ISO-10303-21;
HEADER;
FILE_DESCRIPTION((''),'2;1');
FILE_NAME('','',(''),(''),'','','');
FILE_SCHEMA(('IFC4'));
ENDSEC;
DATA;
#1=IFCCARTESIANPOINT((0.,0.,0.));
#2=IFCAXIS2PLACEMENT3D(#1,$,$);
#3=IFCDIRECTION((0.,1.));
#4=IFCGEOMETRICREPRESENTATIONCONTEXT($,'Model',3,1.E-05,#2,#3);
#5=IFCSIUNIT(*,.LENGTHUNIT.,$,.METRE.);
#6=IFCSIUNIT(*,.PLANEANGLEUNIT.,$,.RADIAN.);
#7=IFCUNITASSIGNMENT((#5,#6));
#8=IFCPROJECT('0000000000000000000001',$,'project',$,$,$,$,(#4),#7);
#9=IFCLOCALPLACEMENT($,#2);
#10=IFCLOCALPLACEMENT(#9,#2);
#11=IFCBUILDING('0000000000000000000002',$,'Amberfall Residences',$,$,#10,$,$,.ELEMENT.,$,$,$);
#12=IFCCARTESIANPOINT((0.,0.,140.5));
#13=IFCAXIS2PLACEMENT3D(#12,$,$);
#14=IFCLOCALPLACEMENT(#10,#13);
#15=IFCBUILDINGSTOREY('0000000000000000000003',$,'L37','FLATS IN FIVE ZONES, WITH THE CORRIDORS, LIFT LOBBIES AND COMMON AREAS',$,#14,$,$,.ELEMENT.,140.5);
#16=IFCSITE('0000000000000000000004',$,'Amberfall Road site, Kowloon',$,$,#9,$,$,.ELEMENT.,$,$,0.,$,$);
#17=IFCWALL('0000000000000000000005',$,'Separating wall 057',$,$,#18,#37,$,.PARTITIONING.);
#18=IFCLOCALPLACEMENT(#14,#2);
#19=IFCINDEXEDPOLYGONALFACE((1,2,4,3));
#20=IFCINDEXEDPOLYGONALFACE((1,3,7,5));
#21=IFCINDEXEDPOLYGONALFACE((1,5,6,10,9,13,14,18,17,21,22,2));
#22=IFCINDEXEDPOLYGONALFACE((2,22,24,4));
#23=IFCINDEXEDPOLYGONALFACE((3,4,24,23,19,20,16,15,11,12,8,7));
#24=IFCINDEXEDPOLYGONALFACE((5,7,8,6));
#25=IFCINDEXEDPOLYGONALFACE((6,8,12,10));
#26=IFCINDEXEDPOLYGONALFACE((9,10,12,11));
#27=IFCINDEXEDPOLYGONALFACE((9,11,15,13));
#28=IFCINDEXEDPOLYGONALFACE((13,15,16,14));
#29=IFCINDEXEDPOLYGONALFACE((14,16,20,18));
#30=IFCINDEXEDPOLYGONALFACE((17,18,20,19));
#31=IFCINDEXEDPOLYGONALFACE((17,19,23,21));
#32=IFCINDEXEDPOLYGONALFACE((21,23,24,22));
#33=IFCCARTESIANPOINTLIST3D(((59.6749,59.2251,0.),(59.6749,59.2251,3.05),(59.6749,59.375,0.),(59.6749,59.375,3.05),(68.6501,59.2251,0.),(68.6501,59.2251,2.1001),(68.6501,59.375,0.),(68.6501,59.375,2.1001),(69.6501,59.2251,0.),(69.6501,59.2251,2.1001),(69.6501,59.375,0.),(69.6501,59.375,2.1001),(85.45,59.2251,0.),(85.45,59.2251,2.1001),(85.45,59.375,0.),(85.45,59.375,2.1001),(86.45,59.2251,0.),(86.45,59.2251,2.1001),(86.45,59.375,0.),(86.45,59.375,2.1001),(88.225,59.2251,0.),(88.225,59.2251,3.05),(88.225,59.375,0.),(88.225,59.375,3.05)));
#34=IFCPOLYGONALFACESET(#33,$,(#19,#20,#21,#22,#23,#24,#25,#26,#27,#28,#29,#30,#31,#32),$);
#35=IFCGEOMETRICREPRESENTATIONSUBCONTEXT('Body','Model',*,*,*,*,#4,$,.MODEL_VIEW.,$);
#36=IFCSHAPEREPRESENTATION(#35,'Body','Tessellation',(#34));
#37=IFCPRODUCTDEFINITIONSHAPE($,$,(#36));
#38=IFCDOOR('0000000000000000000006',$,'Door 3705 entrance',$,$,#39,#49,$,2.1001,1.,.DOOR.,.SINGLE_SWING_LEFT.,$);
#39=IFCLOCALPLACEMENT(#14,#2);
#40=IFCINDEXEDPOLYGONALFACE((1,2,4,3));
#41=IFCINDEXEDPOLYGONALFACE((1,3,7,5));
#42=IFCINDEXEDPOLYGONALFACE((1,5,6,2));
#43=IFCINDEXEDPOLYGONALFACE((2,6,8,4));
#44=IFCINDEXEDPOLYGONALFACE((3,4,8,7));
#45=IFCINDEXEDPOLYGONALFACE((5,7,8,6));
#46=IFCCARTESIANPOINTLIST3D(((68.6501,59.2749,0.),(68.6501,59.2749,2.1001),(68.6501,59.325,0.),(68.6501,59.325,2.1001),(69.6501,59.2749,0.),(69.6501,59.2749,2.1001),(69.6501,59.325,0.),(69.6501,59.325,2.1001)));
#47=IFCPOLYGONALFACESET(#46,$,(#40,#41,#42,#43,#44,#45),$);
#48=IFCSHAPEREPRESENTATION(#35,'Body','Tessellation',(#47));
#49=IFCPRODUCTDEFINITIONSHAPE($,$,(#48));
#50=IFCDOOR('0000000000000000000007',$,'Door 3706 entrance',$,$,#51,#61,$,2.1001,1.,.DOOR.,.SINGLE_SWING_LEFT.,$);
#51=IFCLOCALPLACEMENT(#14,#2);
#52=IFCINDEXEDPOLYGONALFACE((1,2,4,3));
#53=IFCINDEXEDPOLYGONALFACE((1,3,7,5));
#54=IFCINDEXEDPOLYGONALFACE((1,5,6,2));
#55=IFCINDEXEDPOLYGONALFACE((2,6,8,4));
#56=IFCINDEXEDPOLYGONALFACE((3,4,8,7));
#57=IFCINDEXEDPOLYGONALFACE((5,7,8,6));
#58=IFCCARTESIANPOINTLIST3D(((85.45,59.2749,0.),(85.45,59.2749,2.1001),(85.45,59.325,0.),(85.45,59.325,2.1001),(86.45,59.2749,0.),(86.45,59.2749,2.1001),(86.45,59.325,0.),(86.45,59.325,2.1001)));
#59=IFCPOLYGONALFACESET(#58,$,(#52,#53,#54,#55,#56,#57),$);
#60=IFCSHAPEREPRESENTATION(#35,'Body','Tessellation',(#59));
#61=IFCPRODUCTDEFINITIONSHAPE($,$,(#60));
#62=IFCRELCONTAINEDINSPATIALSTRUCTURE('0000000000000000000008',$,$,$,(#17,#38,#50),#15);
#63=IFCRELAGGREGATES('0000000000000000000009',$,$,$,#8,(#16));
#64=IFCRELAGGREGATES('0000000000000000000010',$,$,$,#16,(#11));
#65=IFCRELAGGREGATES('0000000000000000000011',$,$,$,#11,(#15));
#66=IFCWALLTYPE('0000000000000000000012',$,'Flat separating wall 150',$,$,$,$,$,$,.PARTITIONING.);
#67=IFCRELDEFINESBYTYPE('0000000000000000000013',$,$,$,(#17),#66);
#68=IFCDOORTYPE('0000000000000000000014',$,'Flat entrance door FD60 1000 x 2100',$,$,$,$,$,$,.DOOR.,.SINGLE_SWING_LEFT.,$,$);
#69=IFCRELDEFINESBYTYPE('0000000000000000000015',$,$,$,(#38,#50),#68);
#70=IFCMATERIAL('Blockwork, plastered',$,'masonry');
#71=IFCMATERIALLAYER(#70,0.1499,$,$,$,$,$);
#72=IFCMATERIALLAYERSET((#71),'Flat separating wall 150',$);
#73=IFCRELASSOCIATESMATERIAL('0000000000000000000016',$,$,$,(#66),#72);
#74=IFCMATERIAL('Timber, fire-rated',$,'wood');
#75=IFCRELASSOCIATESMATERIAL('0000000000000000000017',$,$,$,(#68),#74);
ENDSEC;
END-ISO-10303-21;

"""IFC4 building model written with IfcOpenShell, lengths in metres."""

from ifc_helpers import new_model, si_unit, direction, frame, frame_2d, origin, place, context, subcontext, project, spatial, rectangle, extrude, material, layer, layer_set, type_object, element, fill, save


model = new_model("IFC4")

# Units and contexts
model_context = context("Model", 3, precision=1e-05, world=origin(), true_north=direction((0.0, 1.0)))
body_context = subcontext(model_context, "Body", "Model", "MODEL_VIEW")
ifc_project = project(units=[si_unit("LENGTHUNIT", "METRE"), si_unit("PLANEANGLEUNIT", "RADIAN")], contexts=[model_context])

# Site, building, storey
site_placement = place(None, origin())
site = spatial("IfcSite", under=ifc_project, at=site_placement, Name="Amberfall Road site, Kowloon", CompositionType="ELEMENT", RefElevation=0.0)
building_placement = place(site_placement, origin())
building = spatial("IfcBuilding", under=site, at=building_placement, Name="Amberfall Residences", CompositionType="ELEMENT")
storey_placement = place(building_placement, frame((0.0, 0.0, 140.5)))
storey = spatial("IfcBuildingStorey", under=building, at=storey_placement, Name="L37", Description="FLATS IN FIVE ZONES, WITH THE CORRIDORS, LIFT LOBBIES AND COMMON AREAS", CompositionType="ELEMENT", Elevation=140.5)

# Shared definitions
ifc_material_1 = material(Name="Blockwork, plastered", Category="masonry")
ifc_layer_1 = layer(ifc_material_1, 0.1499)
ifc_layer_set_1 = layer_set([ifc_layer_1], Name="Flat separating wall 150")
wall_type_1 = type_object("IfcWallType", Name="Flat separating wall 150", PredefinedType="PARTITIONING", material=ifc_layer_set_1)

# Wall, openings, doors
wall_1_placement = place(storey_placement, frame((59.675, 59.3, 0.0), z_axis=(0.0, 0.0, 1.0), x_axis=(1.0, 0.0, 0.0)))
wall_1 = element("IfcWall", 1, at=wall_1_placement, inside=storey, type_object=wall_type_1, Name="Separating wall 057", PredefinedType="PARTITIONING", context=body_context, shape_type="SweptSolid", body=[
    extrude(rectangle(XDim=28.55, YDim=0.1499, at=frame_2d((14.2749, 0.0))), origin(), (0.0, 0.0, 1.0), 3.05),
])
opening_1_placement = place(wall_1_placement, frame((8.9751, 0.0, 0.0)))
opening_1 = element("IfcOpeningElement", 2, at=opening_1_placement, cuts=wall_1, PredefinedType="OPENING", context=body_context, shape_type="SweptSolid", body=[
    extrude(rectangle(XDim=1.0, YDim=2.1001, at=frame_2d((0.5, 1.05))), frame((0.0, 0.085, 0.0), z_axis=(0.0, -1.0, 0.0), x_axis=(1.0, 0.0, 0.0)), (0.0, 0.0, 1.0), 0.1699),
])
opening_2_placement = place(wall_1_placement, frame((25.7749, 0.0, 0.0)))
opening_2 = element("IfcOpeningElement", 3, at=opening_2_placement, cuts=wall_1, PredefinedType="OPENING", context=body_context, shape_type="SweptSolid", body=[
    extrude(rectangle(XDim=1.0, YDim=2.1001, at=frame_2d((0.5, 1.05))), frame((0.0, 0.085, 0.0), z_axis=(0.0, -1.0, 0.0), x_axis=(1.0, 0.0, 0.0)), (0.0, 0.0, 1.0), 0.1699),
])
ifc_material_2 = material(Name="Timber, fire-rated", Category="wood")
door_type_1 = type_object("IfcDoorType", Name="Flat entrance door FD60 1000 x 2100", OperationType="SINGLE_SWING_LEFT", PredefinedType="DOOR", material=ifc_material_2)
door_1_placement = place(opening_1_placement, origin())
door_1 = element("IfcDoor", 4, at=door_1_placement, inside=storey, type_object=door_type_1, Name="Door 3705 entrance", OperationType="SINGLE_SWING_LEFT", OverallHeight=2.1001, OverallWidth=1.0, PredefinedType="DOOR", context=body_context, shape_type="SweptSolid", body=[
    extrude(rectangle(XDim=1.0, YDim=2.1001, at=frame_2d((0.5, 1.05))), frame((0.0, 0.0249, 0.0), z_axis=(0.0, -1.0, 0.0), x_axis=(1.0, 0.0, 0.0)), (0.0, 0.0, 1.0), 0.05),
])
fill(opening_1, door_1)
door_2_placement = place(opening_2_placement, origin())
door_2 = element("IfcDoor", 5, at=door_2_placement, inside=storey, type_object=door_type_1, Name="Door 3706 entrance", OperationType="SINGLE_SWING_LEFT", OverallHeight=2.1001, OverallWidth=1.0, PredefinedType="DOOR", context=body_context, shape_type="SweptSolid", body=[
    extrude(rectangle(XDim=1.0, YDim=2.1001, at=frame_2d((0.5, 1.05))), frame((0.0, 0.0249, 0.0), z_axis=(0.0, -1.0, 0.0), x_axis=(1.0, 0.0, 0.0)), (0.0, 0.0, 1.0), 0.05),
])
fill(opening_2, door_2)

save(model, "model.ifc")
